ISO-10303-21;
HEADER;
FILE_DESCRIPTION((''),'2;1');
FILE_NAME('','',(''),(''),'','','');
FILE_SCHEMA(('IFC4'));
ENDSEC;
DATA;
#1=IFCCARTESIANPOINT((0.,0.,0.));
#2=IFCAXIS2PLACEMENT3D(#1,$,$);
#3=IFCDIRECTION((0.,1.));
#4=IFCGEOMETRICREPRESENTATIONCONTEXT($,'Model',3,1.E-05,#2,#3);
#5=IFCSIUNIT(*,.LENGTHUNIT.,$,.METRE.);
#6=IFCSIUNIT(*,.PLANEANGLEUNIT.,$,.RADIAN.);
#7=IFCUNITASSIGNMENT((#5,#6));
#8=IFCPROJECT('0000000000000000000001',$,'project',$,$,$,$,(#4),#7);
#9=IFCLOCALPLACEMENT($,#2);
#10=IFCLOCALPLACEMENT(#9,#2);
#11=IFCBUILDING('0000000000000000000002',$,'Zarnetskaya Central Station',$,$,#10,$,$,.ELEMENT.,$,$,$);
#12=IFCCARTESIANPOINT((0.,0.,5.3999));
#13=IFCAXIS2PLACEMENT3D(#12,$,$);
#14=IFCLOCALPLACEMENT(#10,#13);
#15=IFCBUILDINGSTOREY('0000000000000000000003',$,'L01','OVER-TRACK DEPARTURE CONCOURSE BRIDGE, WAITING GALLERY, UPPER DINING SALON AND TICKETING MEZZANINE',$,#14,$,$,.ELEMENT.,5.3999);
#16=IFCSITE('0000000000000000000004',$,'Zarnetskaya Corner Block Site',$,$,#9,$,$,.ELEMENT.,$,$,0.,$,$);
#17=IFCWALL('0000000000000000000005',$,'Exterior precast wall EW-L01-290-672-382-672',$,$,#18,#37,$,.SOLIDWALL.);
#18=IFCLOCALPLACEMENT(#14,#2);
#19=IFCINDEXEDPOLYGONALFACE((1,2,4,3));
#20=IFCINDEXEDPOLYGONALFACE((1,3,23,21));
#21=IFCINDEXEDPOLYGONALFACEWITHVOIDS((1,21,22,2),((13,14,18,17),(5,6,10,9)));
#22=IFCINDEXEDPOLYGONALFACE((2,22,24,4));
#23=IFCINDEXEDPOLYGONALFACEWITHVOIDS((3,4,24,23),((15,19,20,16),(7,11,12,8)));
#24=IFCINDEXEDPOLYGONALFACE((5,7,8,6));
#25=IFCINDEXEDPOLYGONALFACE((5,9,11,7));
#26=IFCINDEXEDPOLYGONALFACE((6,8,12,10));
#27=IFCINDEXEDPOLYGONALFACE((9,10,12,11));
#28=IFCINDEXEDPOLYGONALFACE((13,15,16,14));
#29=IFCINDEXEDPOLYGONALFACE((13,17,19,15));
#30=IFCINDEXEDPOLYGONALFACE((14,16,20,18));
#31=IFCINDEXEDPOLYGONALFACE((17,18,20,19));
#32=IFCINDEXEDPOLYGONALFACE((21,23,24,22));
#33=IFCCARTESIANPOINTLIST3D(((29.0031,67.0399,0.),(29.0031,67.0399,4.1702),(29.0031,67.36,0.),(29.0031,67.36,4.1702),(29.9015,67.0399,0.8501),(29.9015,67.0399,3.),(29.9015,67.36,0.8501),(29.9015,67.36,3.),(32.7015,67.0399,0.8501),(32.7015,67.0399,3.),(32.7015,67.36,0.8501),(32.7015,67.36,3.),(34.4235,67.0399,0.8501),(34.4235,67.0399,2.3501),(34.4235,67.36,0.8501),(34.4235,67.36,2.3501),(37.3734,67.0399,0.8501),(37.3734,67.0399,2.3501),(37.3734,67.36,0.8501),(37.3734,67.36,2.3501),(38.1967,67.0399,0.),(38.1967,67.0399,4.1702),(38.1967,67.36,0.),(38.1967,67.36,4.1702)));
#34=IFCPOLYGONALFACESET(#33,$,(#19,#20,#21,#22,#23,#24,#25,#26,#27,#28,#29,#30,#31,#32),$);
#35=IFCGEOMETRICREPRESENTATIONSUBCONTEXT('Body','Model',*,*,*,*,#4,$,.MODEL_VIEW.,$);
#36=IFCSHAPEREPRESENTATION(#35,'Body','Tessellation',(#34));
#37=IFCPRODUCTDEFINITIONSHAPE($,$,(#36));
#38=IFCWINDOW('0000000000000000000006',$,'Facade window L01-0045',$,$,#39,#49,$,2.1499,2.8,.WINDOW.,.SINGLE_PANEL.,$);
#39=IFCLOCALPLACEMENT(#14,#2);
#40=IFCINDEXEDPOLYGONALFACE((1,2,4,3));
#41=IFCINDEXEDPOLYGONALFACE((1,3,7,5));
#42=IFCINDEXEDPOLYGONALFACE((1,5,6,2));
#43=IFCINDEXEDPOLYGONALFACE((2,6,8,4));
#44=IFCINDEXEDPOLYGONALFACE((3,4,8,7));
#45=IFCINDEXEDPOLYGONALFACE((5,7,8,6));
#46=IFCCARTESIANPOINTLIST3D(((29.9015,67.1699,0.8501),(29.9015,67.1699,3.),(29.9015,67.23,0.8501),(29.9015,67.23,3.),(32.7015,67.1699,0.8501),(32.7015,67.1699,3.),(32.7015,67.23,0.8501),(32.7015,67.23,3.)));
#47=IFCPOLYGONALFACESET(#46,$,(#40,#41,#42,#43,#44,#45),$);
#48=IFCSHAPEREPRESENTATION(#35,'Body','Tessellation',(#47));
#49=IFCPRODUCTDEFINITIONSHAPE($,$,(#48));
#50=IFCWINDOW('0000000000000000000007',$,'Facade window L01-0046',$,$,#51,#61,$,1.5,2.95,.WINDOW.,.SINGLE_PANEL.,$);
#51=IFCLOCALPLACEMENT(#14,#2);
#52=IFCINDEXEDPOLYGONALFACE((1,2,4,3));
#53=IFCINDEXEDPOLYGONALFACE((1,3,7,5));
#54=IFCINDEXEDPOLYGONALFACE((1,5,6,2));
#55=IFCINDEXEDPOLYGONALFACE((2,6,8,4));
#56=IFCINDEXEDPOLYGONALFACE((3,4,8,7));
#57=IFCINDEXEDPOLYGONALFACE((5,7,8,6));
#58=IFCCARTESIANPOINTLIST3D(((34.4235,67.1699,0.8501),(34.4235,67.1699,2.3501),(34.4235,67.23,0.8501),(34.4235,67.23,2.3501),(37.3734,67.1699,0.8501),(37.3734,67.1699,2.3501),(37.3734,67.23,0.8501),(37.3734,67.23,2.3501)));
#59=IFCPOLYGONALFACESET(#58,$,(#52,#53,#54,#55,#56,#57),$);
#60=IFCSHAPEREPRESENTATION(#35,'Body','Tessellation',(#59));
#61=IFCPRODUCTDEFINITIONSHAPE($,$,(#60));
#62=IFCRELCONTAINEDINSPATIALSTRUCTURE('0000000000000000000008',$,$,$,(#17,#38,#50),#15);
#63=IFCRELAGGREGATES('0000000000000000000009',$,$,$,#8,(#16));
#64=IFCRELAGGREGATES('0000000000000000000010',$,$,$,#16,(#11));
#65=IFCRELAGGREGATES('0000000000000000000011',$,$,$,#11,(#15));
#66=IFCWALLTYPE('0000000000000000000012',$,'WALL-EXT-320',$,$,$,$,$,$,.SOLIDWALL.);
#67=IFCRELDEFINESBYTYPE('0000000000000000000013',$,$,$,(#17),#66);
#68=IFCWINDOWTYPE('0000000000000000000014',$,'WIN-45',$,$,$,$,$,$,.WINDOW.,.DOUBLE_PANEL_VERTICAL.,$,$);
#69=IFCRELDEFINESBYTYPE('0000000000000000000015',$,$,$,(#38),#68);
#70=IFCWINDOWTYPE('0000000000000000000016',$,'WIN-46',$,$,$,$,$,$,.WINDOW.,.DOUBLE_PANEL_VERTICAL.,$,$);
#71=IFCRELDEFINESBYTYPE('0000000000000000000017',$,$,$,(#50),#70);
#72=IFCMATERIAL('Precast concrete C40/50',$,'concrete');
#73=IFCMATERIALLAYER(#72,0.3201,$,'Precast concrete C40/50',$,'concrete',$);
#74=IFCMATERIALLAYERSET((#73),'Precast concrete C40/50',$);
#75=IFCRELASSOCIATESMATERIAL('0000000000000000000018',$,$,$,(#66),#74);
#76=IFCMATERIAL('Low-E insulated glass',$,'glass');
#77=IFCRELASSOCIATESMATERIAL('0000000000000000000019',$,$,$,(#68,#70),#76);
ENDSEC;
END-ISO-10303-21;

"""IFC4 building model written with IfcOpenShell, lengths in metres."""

from ifc_helpers import new_model, si_unit, direction, frame, frame_2d, origin, place, context, subcontext, project, spatial, rectangle, extrude, material, layer, layer_set, type_object, element, fill, save


model = new_model("IFC4")

# Units and contexts
model_context = context("Model", 3, precision=1e-05, world=origin(), true_north=direction((0.0, 1.0)))
body_context = subcontext(model_context, "Body", "Model", "MODEL_VIEW")
ifc_project = project(units=[si_unit("LENGTHUNIT", "METRE"), si_unit("PLANEANGLEUNIT", "RADIAN")], contexts=[model_context])

# Site, building, storey
site_placement = place(None, origin())
site = spatial("IfcSite", under=ifc_project, at=site_placement, Name="Zarnetskaya Corner Block Site", CompositionType="ELEMENT", RefElevation=0.0)
building_placement = place(site_placement, origin())
building = spatial("IfcBuilding", under=site, at=building_placement, Name="Zarnetskaya Central Station", CompositionType="ELEMENT")
storey_placement = place(building_placement, frame((0.0, 0.0, 5.3999)))
storey = spatial("IfcBuildingStorey", under=building, at=storey_placement, Name="L01", Description="OVER-TRACK DEPARTURE CONCOURSE BRIDGE, WAITING GALLERY, UPPER DINING SALON AND TICKETING MEZZANINE", CompositionType="ELEMENT", Elevation=5.3999)

# Shared definitions
ifc_material_1 = material(Name="Low-E insulated glass", Category="glass")

# Wall, openings, windows
ifc_material_2 = material(Name="Precast concrete C40/50", Category="concrete")
ifc_layer_1 = layer(ifc_material_2, 0.3201, Name="Precast concrete C40/50", Category="concrete")
ifc_layer_set_1 = layer_set([ifc_layer_1], Name="Precast concrete C40/50")
wall_type = type_object("IfcWallType", Name="WALL-EXT-320", PredefinedType="SOLIDWALL", material=ifc_layer_set_1)
wall_placement = place(storey_placement, frame((29.0032, 67.2, 0.0), z_axis=(0.0, 0.0, 1.0), x_axis=(1.0, 0.0, 0.0)))
wall = element("IfcWall", 1, at=wall_placement, inside=storey, type_object=wall_type, Name="Exterior precast wall EW-L01-290-672-382-672", PredefinedType="SOLIDWALL", context=body_context, shape_type="SweptSolid", body=[
    extrude(rectangle(XDim=9.1936, YDim=0.3201, at=frame_2d((4.5967, 0.0))), origin(), (0.0, 0.0, 1.0), 4.1702),
])
opening_1_placement = place(wall_placement, frame((0.8984, 0.0, 0.8501)))
opening_1 = element("IfcOpeningElement", 2, at=opening_1_placement, cuts=wall, PredefinedType="OPENING", context=body_context, shape_type="SweptSolid", body=[
    extrude(rectangle(XDim=2.8, YDim=2.1499, at=frame_2d((1.3999, 1.075))), frame((0.0, 0.1699, 0.0), z_axis=(0.0, -1.0, 0.0), x_axis=(1.0, 0.0, 0.0)), (0.0, 0.0, 1.0), 0.3401),
])
opening_2_placement = place(wall_placement, frame((5.4202, 0.0, 0.8501)))
opening_2 = element("IfcOpeningElement", 3, at=opening_2_placement, cuts=wall, PredefinedType="OPENING", context=body_context, shape_type="SweptSolid", body=[
    extrude(rectangle(XDim=2.95, YDim=1.5, at=frame_2d((1.4751, 0.75))), frame((0.0, 0.1699, 0.0), z_axis=(0.0, -1.0, 0.0), x_axis=(1.0, 0.0, 0.0)), (0.0, 0.0, 1.0), 0.3401),
])
window_type_1 = type_object("IfcWindowType", Name="WIN-45", PartitioningType="DOUBLE_PANEL_VERTICAL", PredefinedType="WINDOW", material=ifc_material_1)
window_1_placement = place(opening_1_placement, origin())
window_1 = element("IfcWindow", 4, at=window_1_placement, inside=storey, type_object=window_type_1, Name="Facade window L01-0045", OverallHeight=2.1499, OverallWidth=2.8, PartitioningType="SINGLE_PANEL", PredefinedType="WINDOW", context=body_context, shape_type="SweptSolid", body=[
    extrude(rectangle(XDim=2.8, YDim=2.1499, at=frame_2d((1.3999, 1.075))), frame((0.0, 0.03, 0.0), z_axis=(0.0, -1.0, 0.0), x_axis=(1.0, 0.0, 0.0)), (0.0, 0.0, 1.0), 0.0601),
])
fill(opening_1, window_1)
window_type_2 = type_object("IfcWindowType", Name="WIN-46", PartitioningType="DOUBLE_PANEL_VERTICAL", PredefinedType="WINDOW", material=ifc_material_1)
window_2_placement = place(opening_2_placement, origin())
window_2 = element("IfcWindow", 5, at=window_2_placement, inside=storey, type_object=window_type_2, Name="Facade window L01-0046", OverallHeight=1.5, OverallWidth=2.95, PartitioningType="SINGLE_PANEL", PredefinedType="WINDOW", context=body_context, shape_type="SweptSolid", body=[
    extrude(rectangle(XDim=2.95, YDim=1.5, at=frame_2d((1.4751, 0.75))), frame((0.0, 0.03, 0.0), z_axis=(0.0, -1.0, 0.0), x_axis=(1.0, 0.0, 0.0)), (0.0, 0.0, 1.0), 0.0601),
])
fill(opening_2, window_2)

save(model, "model.ifc")
